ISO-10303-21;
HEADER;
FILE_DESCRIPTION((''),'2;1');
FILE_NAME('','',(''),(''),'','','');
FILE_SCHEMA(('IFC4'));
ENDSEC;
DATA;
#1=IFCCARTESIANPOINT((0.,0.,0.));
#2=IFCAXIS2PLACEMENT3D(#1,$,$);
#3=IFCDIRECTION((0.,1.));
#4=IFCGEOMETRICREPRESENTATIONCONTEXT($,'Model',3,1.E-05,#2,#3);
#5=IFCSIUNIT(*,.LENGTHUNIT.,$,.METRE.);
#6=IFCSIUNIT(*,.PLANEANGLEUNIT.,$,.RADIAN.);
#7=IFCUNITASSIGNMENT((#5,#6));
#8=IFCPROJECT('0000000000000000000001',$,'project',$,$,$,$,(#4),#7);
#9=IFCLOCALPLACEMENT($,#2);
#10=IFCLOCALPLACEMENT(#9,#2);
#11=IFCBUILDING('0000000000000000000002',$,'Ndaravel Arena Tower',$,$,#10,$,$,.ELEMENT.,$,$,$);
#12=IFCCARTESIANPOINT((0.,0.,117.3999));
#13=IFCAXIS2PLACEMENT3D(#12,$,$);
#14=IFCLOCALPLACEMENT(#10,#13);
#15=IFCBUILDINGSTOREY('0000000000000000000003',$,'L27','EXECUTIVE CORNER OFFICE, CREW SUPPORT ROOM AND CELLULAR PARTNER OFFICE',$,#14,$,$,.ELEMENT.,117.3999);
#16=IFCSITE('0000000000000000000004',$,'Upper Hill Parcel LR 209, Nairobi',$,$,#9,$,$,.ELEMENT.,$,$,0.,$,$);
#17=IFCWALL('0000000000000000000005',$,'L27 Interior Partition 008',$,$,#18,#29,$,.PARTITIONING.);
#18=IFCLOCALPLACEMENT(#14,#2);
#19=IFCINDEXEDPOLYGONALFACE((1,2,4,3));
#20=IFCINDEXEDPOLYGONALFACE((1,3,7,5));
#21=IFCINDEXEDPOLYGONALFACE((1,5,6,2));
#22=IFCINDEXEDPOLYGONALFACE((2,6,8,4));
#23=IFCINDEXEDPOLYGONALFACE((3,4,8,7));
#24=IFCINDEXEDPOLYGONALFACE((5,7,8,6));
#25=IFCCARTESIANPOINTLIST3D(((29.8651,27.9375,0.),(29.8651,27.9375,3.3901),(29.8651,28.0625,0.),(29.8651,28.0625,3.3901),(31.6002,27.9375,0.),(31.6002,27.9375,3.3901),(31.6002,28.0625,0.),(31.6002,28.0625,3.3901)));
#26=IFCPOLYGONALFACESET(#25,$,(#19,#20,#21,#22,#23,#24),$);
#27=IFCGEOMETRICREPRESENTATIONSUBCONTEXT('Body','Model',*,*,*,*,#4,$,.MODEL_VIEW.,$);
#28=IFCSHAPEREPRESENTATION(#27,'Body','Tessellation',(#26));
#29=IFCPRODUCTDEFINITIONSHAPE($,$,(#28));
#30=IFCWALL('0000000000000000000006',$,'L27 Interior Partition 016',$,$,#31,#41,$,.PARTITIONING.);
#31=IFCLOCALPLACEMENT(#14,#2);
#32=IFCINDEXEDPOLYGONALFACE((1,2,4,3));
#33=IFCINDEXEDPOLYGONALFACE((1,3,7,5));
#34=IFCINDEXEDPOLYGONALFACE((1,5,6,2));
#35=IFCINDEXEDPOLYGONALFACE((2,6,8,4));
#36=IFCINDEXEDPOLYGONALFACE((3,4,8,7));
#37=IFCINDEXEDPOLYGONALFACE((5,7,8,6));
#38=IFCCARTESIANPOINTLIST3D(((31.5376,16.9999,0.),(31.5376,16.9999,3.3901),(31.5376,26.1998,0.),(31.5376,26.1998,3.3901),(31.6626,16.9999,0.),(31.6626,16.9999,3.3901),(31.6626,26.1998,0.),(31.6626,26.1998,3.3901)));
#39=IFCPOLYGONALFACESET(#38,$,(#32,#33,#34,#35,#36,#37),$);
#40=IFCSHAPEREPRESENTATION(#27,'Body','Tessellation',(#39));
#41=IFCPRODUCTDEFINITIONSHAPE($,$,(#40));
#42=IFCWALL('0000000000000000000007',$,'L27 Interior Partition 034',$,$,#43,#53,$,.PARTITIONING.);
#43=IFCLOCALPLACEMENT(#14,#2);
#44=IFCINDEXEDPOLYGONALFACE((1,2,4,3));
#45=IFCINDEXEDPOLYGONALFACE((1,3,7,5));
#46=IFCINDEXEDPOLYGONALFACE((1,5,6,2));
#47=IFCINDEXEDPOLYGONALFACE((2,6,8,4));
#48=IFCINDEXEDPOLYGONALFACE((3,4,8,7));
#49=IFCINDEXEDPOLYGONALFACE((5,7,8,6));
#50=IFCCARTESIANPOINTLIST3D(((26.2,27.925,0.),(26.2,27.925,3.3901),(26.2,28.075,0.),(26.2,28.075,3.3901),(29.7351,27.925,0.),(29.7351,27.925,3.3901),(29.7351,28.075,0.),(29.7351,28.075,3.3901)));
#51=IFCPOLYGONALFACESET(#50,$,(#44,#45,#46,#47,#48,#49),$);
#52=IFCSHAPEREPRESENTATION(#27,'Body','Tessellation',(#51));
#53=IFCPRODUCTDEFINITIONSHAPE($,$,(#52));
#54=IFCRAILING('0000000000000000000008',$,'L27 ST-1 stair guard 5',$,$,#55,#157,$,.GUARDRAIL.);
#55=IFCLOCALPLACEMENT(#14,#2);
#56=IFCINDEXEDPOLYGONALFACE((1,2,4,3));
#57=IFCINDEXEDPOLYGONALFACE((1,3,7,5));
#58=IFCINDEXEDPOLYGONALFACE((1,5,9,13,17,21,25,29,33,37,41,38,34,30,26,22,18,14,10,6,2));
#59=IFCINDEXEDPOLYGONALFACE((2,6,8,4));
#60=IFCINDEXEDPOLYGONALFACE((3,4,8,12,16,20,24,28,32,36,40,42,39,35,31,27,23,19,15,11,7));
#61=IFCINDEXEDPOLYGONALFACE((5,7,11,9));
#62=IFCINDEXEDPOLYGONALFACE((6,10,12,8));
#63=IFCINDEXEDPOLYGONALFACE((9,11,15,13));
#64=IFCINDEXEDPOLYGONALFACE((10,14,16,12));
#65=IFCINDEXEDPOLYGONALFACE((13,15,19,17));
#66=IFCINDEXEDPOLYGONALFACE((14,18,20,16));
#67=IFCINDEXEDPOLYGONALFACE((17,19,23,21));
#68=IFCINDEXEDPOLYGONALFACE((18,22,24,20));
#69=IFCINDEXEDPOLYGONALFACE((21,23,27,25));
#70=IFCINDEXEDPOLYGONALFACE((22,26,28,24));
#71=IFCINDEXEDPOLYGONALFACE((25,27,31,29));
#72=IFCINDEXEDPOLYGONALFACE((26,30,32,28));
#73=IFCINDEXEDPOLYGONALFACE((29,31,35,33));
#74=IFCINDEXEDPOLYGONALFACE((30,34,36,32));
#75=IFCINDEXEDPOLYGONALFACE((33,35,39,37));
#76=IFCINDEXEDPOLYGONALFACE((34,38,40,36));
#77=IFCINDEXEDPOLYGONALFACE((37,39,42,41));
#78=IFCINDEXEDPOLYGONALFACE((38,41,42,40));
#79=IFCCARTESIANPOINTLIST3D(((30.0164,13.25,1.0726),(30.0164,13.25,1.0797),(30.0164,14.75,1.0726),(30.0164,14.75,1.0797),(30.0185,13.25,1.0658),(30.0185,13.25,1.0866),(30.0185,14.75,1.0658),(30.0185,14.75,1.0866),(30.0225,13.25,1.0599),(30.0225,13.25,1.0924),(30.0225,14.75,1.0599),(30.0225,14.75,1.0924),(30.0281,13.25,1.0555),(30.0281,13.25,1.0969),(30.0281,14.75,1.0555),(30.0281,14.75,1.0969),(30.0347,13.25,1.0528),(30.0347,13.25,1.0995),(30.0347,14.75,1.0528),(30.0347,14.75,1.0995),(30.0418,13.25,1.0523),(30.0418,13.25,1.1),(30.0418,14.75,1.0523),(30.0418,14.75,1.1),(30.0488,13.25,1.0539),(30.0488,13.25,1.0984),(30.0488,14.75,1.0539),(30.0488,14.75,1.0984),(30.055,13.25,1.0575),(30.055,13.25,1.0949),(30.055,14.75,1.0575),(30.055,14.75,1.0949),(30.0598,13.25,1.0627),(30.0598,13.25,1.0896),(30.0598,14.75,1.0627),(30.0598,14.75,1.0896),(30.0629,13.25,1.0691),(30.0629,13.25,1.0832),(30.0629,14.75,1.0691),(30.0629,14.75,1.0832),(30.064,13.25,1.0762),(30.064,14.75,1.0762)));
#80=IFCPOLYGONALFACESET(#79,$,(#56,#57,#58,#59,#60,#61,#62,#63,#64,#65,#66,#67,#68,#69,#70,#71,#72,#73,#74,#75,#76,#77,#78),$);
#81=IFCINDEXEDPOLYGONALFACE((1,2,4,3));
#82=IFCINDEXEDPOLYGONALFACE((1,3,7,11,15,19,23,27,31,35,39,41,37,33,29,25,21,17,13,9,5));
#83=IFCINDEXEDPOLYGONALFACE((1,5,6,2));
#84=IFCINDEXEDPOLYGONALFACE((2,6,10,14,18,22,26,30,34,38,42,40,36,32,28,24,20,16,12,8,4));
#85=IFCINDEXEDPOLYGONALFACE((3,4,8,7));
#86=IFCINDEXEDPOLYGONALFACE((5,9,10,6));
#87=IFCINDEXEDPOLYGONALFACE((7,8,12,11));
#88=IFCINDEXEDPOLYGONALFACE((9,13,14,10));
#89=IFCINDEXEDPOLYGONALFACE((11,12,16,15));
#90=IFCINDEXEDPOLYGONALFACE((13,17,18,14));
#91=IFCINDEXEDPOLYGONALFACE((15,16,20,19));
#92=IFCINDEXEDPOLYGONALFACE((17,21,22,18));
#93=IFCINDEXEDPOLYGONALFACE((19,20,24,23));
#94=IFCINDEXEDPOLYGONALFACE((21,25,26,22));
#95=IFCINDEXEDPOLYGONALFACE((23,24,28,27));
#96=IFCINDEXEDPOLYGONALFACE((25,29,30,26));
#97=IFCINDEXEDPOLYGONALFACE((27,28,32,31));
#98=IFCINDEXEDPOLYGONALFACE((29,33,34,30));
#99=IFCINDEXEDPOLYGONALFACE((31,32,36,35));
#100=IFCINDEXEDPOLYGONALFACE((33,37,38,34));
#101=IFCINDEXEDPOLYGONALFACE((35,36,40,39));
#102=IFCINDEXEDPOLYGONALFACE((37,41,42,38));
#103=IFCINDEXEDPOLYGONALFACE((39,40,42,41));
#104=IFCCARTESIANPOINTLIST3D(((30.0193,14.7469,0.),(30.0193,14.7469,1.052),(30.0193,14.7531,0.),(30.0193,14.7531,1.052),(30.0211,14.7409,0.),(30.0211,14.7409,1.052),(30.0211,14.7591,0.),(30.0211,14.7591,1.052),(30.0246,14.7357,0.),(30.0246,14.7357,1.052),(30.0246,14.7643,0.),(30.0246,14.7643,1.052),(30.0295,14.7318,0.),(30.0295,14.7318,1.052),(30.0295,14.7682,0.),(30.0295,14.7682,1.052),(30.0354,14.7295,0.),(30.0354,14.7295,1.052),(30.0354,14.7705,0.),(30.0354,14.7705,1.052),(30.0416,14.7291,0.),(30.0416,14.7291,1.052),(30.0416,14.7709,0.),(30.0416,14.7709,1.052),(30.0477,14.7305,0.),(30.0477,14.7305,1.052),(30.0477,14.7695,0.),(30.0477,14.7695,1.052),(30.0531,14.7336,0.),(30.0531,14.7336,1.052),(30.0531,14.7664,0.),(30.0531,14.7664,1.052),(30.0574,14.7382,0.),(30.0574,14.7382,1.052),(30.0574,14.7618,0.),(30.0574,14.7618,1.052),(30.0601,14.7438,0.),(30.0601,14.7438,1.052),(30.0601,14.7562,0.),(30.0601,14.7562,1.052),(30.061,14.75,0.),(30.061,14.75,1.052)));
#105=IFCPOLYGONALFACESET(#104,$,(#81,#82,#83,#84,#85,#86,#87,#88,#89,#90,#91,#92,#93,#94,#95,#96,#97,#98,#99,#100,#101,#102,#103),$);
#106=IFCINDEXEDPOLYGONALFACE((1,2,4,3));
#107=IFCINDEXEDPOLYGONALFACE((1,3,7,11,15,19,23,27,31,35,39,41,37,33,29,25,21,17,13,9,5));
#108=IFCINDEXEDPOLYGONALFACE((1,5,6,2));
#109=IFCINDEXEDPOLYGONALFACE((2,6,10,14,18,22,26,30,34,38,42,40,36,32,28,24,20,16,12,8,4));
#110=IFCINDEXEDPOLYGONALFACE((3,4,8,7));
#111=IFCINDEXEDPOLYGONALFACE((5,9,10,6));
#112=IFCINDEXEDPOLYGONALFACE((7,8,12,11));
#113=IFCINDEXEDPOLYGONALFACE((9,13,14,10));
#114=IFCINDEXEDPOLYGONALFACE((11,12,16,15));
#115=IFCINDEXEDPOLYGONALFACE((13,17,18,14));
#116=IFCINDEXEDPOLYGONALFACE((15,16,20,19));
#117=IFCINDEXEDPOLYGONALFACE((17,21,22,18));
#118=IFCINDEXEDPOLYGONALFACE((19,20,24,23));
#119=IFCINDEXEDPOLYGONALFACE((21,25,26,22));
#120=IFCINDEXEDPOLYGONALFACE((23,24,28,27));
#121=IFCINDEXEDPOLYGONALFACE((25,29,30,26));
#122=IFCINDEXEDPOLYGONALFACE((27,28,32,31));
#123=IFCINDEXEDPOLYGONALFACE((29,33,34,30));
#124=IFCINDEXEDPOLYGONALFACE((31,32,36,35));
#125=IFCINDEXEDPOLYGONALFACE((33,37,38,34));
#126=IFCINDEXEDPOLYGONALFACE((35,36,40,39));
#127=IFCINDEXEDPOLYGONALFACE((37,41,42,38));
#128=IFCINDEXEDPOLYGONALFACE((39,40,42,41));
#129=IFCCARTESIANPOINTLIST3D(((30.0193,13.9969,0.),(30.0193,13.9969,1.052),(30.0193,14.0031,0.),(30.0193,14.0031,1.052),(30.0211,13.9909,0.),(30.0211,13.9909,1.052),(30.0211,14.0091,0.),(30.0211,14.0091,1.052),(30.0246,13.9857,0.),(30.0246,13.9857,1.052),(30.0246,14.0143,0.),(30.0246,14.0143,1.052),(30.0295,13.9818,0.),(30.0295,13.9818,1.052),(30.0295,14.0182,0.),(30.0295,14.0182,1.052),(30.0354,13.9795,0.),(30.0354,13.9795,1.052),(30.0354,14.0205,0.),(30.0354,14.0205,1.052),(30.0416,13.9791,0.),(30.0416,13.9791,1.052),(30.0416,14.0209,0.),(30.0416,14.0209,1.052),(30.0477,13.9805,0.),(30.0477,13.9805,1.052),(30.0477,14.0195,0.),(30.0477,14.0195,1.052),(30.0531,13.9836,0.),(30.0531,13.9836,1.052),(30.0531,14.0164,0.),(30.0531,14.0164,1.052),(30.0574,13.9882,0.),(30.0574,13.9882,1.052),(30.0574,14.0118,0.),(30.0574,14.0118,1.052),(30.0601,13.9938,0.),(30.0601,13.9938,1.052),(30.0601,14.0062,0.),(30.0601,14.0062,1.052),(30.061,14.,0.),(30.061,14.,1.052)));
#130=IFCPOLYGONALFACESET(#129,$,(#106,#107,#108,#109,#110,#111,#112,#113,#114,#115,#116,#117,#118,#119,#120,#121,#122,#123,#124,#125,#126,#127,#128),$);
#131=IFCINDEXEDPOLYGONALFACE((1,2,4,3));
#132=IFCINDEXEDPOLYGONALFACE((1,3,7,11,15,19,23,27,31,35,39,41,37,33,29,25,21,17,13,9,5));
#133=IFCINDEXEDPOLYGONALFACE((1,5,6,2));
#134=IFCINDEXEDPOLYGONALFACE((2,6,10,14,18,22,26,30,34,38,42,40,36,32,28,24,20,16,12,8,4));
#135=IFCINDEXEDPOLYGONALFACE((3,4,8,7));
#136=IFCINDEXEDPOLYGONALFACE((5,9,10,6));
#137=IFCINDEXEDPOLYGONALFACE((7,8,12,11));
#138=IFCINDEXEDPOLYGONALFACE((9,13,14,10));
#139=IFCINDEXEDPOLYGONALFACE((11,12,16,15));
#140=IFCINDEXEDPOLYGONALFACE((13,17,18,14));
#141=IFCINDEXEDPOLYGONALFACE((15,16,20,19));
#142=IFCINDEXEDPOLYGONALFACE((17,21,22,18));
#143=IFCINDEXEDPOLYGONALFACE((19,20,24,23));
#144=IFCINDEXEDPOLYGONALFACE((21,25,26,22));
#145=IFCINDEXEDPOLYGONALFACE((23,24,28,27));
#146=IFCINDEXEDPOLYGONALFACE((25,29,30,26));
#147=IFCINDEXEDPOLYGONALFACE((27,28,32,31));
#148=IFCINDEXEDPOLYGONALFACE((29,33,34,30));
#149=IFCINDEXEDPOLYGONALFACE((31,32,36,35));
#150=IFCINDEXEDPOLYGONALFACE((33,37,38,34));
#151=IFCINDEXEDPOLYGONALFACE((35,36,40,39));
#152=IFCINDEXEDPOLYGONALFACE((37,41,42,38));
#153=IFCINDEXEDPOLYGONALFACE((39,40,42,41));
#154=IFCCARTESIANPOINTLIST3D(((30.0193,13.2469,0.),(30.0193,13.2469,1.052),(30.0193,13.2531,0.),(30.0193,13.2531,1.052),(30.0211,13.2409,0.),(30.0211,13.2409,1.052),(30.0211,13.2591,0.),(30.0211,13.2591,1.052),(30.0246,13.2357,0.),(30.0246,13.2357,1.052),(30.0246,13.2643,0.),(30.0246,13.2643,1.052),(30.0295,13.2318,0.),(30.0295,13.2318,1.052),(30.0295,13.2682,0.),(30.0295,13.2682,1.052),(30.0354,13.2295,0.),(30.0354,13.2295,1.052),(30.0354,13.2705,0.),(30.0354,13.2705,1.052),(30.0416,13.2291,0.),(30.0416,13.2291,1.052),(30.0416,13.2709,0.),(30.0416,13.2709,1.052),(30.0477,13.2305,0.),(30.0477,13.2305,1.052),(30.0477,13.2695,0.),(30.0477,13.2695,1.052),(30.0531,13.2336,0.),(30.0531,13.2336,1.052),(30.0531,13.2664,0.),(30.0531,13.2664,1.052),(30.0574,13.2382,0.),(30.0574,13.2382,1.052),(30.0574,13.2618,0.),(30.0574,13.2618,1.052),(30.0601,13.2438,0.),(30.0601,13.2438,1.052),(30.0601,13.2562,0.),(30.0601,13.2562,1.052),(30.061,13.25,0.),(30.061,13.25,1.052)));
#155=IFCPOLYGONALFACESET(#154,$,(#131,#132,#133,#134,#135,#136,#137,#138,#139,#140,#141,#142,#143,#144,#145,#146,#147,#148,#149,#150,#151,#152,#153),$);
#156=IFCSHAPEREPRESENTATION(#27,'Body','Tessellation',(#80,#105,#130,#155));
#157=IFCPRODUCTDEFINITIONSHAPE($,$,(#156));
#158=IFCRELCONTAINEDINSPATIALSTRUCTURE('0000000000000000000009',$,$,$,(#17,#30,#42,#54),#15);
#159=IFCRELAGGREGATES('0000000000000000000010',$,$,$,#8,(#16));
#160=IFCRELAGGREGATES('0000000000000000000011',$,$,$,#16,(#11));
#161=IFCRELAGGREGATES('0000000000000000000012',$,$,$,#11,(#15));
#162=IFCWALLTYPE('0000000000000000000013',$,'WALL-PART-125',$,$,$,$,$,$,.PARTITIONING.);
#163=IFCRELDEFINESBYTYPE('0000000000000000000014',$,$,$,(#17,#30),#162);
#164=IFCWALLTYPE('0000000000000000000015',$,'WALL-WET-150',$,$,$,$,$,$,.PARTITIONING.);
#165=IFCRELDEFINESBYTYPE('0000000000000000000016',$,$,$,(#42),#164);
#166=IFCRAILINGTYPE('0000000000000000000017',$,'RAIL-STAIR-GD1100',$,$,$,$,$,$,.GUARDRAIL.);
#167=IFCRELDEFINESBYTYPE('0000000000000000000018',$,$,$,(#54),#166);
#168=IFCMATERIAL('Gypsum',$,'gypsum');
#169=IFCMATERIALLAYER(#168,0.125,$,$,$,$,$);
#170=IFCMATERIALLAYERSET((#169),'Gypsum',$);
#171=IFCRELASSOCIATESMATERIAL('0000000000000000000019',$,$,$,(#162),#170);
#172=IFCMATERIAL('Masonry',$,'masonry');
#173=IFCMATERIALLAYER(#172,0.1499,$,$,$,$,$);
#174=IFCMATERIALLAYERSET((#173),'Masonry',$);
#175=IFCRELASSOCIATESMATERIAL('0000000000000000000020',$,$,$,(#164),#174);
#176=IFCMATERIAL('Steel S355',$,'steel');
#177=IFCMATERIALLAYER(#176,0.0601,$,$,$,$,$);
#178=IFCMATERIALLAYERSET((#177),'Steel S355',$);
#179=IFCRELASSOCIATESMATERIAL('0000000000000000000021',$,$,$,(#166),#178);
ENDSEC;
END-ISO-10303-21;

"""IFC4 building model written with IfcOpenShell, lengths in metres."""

from ifc_helpers import new_model, si_unit, direction, frame, frame_2d, origin, origin_2d, place, context, subcontext, project, spatial, rectangle, circle, extrude, material, layer, layer_set, type_object, element, save


model = new_model("IFC4")

# Units and contexts
model_context = context("Model", 3, precision=1e-05, world=origin(), true_north=direction((0.0, 1.0)))
body_context = subcontext(model_context, "Body", "Model", "MODEL_VIEW")
ifc_project = project(units=[si_unit("LENGTHUNIT", "METRE"), si_unit("PLANEANGLEUNIT", "RADIAN")], contexts=[model_context])

# Site, building, storey
site_placement = place(None, origin())
site = spatial("IfcSite", under=ifc_project, at=site_placement, Name="Upper Hill Parcel LR 209, Nairobi", CompositionType="ELEMENT", RefElevation=0.0)
building_placement = place(site_placement, origin())
building = spatial("IfcBuilding", under=site, at=building_placement, Name="Ndaravel Arena Tower", CompositionType="ELEMENT")
storey_placement = place(building_placement, frame((0.0, 0.0, 117.3999)))
storey = spatial("IfcBuildingStorey", under=building, at=storey_placement, Name="L27", Description="EXECUTIVE CORNER OFFICE, CREW SUPPORT ROOM AND CELLULAR PARTNER OFFICE", CompositionType="ELEMENT", Elevation=117.3999)

# Shared definitions
ifc_material_1 = material(Name="Gypsum", Category="gypsum")
ifc_layer_1 = layer(ifc_material_1, 0.125)
ifc_layer_set_1 = layer_set([ifc_layer_1], Name="Gypsum")
wall_type_1 = type_object("IfcWallType", Name="WALL-PART-125", PredefinedType="PARTITIONING", material=ifc_layer_set_1)

# Walls
wall_1_placement = place(storey_placement, frame((29.865, 28.0, 0.0), z_axis=(0.0, 0.0, 1.0), x_axis=(1.0, 0.0, 0.0)))
element("IfcWall", 1, at=wall_1_placement, inside=storey, type_object=wall_type_1, Name="L27 Interior Partition 008", PredefinedType="PARTITIONING", context=body_context, shape_type="SweptSolid", body=[
    extrude(rectangle(XDim=1.7351, YDim=0.125, at=frame_2d((0.8677, 0.0))), origin(), (0.0, 0.0, 1.0), 3.3901),
])
wall_2_placement = place(storey_placement, frame((31.6001, 26.2, 0.0), z_axis=(0.0, 0.0, 1.0), x_axis=(0.0, -1.0, 0.0)))
element("IfcWall", 2, at=wall_2_placement, inside=storey, type_object=wall_type_1, Name="L27 Interior Partition 016", PredefinedType="PARTITIONING", context=body_context, shape_type="SweptSolid", body=[
    extrude(rectangle(XDim=9.2, YDim=0.125, at=frame_2d((4.6001, 0.0))), origin(), (0.0, 0.0, 1.0), 3.3901),
])

# Shared definitions
ifc_material_2 = material(Name="Masonry", Category="masonry")
ifc_layer_2 = layer(ifc_material_2, 0.1499)
ifc_layer_set_2 = layer_set([ifc_layer_2], Name="Masonry")
wall_type_2 = type_object("IfcWallType", Name="WALL-WET-150", PredefinedType="PARTITIONING", material=ifc_layer_set_2)

# Wall
wall_3_placement = place(storey_placement, frame((26.2, 28.0, 0.0), z_axis=(0.0, 0.0, 1.0), x_axis=(1.0, 0.0, 0.0)))
element("IfcWall", 3, at=wall_3_placement, inside=storey, type_object=wall_type_2, Name="L27 Interior Partition 034", PredefinedType="PARTITIONING", context=body_context, shape_type="SweptSolid", body=[
    extrude(rectangle(XDim=3.5352, YDim=0.1499, at=frame_2d((1.7676, 0.0))), origin(), (0.0, 0.0, 1.0), 3.3901),
])

# Railing
ifc_material_3 = material(Name="Steel S355", Category="steel")
ifc_layer_3 = layer(ifc_material_3, 0.0601)
ifc_layer_set_3 = layer_set([ifc_layer_3], Name="Steel S355")
railing_type = type_object("IfcRailingType", Name="RAIL-STAIR-GD1100", PredefinedType="GUARDRAIL", material=ifc_layer_set_3)
railing_placement = place(storey_placement, frame((30.04, 14.75, 0.0)))
element("IfcRailing", 4, at=railing_placement, inside=storey, type_object=railing_type, Name="L27 ST-1 stair guard 5", PredefinedType="GUARDRAIL", context=body_context, shape_type="SweptSolid", body=[
    extrude(circle(Radius=0.0239, at=origin_2d()), frame((0.0, 0.0, 1.0762), z_axis=(0.0, -1.0, 0.0), x_axis=(1.0, 0.0, 0.0)), (0.0, 0.0, 1.0), 1.5),
    extrude(circle(Radius=0.021, at=origin_2d()), origin(), (0.0, 0.0, 1.0), 1.052),
    extrude(circle(Radius=0.021, at=origin_2d()), frame((0.0, -0.75, 0.0)), (0.0, 0.0, 1.0), 1.052),
    extrude(circle(Radius=0.021, at=origin_2d()), frame((0.0, -1.5, 0.0)), (0.0, 0.0, 1.0), 1.052),
])

save(model, "model.ifc")
